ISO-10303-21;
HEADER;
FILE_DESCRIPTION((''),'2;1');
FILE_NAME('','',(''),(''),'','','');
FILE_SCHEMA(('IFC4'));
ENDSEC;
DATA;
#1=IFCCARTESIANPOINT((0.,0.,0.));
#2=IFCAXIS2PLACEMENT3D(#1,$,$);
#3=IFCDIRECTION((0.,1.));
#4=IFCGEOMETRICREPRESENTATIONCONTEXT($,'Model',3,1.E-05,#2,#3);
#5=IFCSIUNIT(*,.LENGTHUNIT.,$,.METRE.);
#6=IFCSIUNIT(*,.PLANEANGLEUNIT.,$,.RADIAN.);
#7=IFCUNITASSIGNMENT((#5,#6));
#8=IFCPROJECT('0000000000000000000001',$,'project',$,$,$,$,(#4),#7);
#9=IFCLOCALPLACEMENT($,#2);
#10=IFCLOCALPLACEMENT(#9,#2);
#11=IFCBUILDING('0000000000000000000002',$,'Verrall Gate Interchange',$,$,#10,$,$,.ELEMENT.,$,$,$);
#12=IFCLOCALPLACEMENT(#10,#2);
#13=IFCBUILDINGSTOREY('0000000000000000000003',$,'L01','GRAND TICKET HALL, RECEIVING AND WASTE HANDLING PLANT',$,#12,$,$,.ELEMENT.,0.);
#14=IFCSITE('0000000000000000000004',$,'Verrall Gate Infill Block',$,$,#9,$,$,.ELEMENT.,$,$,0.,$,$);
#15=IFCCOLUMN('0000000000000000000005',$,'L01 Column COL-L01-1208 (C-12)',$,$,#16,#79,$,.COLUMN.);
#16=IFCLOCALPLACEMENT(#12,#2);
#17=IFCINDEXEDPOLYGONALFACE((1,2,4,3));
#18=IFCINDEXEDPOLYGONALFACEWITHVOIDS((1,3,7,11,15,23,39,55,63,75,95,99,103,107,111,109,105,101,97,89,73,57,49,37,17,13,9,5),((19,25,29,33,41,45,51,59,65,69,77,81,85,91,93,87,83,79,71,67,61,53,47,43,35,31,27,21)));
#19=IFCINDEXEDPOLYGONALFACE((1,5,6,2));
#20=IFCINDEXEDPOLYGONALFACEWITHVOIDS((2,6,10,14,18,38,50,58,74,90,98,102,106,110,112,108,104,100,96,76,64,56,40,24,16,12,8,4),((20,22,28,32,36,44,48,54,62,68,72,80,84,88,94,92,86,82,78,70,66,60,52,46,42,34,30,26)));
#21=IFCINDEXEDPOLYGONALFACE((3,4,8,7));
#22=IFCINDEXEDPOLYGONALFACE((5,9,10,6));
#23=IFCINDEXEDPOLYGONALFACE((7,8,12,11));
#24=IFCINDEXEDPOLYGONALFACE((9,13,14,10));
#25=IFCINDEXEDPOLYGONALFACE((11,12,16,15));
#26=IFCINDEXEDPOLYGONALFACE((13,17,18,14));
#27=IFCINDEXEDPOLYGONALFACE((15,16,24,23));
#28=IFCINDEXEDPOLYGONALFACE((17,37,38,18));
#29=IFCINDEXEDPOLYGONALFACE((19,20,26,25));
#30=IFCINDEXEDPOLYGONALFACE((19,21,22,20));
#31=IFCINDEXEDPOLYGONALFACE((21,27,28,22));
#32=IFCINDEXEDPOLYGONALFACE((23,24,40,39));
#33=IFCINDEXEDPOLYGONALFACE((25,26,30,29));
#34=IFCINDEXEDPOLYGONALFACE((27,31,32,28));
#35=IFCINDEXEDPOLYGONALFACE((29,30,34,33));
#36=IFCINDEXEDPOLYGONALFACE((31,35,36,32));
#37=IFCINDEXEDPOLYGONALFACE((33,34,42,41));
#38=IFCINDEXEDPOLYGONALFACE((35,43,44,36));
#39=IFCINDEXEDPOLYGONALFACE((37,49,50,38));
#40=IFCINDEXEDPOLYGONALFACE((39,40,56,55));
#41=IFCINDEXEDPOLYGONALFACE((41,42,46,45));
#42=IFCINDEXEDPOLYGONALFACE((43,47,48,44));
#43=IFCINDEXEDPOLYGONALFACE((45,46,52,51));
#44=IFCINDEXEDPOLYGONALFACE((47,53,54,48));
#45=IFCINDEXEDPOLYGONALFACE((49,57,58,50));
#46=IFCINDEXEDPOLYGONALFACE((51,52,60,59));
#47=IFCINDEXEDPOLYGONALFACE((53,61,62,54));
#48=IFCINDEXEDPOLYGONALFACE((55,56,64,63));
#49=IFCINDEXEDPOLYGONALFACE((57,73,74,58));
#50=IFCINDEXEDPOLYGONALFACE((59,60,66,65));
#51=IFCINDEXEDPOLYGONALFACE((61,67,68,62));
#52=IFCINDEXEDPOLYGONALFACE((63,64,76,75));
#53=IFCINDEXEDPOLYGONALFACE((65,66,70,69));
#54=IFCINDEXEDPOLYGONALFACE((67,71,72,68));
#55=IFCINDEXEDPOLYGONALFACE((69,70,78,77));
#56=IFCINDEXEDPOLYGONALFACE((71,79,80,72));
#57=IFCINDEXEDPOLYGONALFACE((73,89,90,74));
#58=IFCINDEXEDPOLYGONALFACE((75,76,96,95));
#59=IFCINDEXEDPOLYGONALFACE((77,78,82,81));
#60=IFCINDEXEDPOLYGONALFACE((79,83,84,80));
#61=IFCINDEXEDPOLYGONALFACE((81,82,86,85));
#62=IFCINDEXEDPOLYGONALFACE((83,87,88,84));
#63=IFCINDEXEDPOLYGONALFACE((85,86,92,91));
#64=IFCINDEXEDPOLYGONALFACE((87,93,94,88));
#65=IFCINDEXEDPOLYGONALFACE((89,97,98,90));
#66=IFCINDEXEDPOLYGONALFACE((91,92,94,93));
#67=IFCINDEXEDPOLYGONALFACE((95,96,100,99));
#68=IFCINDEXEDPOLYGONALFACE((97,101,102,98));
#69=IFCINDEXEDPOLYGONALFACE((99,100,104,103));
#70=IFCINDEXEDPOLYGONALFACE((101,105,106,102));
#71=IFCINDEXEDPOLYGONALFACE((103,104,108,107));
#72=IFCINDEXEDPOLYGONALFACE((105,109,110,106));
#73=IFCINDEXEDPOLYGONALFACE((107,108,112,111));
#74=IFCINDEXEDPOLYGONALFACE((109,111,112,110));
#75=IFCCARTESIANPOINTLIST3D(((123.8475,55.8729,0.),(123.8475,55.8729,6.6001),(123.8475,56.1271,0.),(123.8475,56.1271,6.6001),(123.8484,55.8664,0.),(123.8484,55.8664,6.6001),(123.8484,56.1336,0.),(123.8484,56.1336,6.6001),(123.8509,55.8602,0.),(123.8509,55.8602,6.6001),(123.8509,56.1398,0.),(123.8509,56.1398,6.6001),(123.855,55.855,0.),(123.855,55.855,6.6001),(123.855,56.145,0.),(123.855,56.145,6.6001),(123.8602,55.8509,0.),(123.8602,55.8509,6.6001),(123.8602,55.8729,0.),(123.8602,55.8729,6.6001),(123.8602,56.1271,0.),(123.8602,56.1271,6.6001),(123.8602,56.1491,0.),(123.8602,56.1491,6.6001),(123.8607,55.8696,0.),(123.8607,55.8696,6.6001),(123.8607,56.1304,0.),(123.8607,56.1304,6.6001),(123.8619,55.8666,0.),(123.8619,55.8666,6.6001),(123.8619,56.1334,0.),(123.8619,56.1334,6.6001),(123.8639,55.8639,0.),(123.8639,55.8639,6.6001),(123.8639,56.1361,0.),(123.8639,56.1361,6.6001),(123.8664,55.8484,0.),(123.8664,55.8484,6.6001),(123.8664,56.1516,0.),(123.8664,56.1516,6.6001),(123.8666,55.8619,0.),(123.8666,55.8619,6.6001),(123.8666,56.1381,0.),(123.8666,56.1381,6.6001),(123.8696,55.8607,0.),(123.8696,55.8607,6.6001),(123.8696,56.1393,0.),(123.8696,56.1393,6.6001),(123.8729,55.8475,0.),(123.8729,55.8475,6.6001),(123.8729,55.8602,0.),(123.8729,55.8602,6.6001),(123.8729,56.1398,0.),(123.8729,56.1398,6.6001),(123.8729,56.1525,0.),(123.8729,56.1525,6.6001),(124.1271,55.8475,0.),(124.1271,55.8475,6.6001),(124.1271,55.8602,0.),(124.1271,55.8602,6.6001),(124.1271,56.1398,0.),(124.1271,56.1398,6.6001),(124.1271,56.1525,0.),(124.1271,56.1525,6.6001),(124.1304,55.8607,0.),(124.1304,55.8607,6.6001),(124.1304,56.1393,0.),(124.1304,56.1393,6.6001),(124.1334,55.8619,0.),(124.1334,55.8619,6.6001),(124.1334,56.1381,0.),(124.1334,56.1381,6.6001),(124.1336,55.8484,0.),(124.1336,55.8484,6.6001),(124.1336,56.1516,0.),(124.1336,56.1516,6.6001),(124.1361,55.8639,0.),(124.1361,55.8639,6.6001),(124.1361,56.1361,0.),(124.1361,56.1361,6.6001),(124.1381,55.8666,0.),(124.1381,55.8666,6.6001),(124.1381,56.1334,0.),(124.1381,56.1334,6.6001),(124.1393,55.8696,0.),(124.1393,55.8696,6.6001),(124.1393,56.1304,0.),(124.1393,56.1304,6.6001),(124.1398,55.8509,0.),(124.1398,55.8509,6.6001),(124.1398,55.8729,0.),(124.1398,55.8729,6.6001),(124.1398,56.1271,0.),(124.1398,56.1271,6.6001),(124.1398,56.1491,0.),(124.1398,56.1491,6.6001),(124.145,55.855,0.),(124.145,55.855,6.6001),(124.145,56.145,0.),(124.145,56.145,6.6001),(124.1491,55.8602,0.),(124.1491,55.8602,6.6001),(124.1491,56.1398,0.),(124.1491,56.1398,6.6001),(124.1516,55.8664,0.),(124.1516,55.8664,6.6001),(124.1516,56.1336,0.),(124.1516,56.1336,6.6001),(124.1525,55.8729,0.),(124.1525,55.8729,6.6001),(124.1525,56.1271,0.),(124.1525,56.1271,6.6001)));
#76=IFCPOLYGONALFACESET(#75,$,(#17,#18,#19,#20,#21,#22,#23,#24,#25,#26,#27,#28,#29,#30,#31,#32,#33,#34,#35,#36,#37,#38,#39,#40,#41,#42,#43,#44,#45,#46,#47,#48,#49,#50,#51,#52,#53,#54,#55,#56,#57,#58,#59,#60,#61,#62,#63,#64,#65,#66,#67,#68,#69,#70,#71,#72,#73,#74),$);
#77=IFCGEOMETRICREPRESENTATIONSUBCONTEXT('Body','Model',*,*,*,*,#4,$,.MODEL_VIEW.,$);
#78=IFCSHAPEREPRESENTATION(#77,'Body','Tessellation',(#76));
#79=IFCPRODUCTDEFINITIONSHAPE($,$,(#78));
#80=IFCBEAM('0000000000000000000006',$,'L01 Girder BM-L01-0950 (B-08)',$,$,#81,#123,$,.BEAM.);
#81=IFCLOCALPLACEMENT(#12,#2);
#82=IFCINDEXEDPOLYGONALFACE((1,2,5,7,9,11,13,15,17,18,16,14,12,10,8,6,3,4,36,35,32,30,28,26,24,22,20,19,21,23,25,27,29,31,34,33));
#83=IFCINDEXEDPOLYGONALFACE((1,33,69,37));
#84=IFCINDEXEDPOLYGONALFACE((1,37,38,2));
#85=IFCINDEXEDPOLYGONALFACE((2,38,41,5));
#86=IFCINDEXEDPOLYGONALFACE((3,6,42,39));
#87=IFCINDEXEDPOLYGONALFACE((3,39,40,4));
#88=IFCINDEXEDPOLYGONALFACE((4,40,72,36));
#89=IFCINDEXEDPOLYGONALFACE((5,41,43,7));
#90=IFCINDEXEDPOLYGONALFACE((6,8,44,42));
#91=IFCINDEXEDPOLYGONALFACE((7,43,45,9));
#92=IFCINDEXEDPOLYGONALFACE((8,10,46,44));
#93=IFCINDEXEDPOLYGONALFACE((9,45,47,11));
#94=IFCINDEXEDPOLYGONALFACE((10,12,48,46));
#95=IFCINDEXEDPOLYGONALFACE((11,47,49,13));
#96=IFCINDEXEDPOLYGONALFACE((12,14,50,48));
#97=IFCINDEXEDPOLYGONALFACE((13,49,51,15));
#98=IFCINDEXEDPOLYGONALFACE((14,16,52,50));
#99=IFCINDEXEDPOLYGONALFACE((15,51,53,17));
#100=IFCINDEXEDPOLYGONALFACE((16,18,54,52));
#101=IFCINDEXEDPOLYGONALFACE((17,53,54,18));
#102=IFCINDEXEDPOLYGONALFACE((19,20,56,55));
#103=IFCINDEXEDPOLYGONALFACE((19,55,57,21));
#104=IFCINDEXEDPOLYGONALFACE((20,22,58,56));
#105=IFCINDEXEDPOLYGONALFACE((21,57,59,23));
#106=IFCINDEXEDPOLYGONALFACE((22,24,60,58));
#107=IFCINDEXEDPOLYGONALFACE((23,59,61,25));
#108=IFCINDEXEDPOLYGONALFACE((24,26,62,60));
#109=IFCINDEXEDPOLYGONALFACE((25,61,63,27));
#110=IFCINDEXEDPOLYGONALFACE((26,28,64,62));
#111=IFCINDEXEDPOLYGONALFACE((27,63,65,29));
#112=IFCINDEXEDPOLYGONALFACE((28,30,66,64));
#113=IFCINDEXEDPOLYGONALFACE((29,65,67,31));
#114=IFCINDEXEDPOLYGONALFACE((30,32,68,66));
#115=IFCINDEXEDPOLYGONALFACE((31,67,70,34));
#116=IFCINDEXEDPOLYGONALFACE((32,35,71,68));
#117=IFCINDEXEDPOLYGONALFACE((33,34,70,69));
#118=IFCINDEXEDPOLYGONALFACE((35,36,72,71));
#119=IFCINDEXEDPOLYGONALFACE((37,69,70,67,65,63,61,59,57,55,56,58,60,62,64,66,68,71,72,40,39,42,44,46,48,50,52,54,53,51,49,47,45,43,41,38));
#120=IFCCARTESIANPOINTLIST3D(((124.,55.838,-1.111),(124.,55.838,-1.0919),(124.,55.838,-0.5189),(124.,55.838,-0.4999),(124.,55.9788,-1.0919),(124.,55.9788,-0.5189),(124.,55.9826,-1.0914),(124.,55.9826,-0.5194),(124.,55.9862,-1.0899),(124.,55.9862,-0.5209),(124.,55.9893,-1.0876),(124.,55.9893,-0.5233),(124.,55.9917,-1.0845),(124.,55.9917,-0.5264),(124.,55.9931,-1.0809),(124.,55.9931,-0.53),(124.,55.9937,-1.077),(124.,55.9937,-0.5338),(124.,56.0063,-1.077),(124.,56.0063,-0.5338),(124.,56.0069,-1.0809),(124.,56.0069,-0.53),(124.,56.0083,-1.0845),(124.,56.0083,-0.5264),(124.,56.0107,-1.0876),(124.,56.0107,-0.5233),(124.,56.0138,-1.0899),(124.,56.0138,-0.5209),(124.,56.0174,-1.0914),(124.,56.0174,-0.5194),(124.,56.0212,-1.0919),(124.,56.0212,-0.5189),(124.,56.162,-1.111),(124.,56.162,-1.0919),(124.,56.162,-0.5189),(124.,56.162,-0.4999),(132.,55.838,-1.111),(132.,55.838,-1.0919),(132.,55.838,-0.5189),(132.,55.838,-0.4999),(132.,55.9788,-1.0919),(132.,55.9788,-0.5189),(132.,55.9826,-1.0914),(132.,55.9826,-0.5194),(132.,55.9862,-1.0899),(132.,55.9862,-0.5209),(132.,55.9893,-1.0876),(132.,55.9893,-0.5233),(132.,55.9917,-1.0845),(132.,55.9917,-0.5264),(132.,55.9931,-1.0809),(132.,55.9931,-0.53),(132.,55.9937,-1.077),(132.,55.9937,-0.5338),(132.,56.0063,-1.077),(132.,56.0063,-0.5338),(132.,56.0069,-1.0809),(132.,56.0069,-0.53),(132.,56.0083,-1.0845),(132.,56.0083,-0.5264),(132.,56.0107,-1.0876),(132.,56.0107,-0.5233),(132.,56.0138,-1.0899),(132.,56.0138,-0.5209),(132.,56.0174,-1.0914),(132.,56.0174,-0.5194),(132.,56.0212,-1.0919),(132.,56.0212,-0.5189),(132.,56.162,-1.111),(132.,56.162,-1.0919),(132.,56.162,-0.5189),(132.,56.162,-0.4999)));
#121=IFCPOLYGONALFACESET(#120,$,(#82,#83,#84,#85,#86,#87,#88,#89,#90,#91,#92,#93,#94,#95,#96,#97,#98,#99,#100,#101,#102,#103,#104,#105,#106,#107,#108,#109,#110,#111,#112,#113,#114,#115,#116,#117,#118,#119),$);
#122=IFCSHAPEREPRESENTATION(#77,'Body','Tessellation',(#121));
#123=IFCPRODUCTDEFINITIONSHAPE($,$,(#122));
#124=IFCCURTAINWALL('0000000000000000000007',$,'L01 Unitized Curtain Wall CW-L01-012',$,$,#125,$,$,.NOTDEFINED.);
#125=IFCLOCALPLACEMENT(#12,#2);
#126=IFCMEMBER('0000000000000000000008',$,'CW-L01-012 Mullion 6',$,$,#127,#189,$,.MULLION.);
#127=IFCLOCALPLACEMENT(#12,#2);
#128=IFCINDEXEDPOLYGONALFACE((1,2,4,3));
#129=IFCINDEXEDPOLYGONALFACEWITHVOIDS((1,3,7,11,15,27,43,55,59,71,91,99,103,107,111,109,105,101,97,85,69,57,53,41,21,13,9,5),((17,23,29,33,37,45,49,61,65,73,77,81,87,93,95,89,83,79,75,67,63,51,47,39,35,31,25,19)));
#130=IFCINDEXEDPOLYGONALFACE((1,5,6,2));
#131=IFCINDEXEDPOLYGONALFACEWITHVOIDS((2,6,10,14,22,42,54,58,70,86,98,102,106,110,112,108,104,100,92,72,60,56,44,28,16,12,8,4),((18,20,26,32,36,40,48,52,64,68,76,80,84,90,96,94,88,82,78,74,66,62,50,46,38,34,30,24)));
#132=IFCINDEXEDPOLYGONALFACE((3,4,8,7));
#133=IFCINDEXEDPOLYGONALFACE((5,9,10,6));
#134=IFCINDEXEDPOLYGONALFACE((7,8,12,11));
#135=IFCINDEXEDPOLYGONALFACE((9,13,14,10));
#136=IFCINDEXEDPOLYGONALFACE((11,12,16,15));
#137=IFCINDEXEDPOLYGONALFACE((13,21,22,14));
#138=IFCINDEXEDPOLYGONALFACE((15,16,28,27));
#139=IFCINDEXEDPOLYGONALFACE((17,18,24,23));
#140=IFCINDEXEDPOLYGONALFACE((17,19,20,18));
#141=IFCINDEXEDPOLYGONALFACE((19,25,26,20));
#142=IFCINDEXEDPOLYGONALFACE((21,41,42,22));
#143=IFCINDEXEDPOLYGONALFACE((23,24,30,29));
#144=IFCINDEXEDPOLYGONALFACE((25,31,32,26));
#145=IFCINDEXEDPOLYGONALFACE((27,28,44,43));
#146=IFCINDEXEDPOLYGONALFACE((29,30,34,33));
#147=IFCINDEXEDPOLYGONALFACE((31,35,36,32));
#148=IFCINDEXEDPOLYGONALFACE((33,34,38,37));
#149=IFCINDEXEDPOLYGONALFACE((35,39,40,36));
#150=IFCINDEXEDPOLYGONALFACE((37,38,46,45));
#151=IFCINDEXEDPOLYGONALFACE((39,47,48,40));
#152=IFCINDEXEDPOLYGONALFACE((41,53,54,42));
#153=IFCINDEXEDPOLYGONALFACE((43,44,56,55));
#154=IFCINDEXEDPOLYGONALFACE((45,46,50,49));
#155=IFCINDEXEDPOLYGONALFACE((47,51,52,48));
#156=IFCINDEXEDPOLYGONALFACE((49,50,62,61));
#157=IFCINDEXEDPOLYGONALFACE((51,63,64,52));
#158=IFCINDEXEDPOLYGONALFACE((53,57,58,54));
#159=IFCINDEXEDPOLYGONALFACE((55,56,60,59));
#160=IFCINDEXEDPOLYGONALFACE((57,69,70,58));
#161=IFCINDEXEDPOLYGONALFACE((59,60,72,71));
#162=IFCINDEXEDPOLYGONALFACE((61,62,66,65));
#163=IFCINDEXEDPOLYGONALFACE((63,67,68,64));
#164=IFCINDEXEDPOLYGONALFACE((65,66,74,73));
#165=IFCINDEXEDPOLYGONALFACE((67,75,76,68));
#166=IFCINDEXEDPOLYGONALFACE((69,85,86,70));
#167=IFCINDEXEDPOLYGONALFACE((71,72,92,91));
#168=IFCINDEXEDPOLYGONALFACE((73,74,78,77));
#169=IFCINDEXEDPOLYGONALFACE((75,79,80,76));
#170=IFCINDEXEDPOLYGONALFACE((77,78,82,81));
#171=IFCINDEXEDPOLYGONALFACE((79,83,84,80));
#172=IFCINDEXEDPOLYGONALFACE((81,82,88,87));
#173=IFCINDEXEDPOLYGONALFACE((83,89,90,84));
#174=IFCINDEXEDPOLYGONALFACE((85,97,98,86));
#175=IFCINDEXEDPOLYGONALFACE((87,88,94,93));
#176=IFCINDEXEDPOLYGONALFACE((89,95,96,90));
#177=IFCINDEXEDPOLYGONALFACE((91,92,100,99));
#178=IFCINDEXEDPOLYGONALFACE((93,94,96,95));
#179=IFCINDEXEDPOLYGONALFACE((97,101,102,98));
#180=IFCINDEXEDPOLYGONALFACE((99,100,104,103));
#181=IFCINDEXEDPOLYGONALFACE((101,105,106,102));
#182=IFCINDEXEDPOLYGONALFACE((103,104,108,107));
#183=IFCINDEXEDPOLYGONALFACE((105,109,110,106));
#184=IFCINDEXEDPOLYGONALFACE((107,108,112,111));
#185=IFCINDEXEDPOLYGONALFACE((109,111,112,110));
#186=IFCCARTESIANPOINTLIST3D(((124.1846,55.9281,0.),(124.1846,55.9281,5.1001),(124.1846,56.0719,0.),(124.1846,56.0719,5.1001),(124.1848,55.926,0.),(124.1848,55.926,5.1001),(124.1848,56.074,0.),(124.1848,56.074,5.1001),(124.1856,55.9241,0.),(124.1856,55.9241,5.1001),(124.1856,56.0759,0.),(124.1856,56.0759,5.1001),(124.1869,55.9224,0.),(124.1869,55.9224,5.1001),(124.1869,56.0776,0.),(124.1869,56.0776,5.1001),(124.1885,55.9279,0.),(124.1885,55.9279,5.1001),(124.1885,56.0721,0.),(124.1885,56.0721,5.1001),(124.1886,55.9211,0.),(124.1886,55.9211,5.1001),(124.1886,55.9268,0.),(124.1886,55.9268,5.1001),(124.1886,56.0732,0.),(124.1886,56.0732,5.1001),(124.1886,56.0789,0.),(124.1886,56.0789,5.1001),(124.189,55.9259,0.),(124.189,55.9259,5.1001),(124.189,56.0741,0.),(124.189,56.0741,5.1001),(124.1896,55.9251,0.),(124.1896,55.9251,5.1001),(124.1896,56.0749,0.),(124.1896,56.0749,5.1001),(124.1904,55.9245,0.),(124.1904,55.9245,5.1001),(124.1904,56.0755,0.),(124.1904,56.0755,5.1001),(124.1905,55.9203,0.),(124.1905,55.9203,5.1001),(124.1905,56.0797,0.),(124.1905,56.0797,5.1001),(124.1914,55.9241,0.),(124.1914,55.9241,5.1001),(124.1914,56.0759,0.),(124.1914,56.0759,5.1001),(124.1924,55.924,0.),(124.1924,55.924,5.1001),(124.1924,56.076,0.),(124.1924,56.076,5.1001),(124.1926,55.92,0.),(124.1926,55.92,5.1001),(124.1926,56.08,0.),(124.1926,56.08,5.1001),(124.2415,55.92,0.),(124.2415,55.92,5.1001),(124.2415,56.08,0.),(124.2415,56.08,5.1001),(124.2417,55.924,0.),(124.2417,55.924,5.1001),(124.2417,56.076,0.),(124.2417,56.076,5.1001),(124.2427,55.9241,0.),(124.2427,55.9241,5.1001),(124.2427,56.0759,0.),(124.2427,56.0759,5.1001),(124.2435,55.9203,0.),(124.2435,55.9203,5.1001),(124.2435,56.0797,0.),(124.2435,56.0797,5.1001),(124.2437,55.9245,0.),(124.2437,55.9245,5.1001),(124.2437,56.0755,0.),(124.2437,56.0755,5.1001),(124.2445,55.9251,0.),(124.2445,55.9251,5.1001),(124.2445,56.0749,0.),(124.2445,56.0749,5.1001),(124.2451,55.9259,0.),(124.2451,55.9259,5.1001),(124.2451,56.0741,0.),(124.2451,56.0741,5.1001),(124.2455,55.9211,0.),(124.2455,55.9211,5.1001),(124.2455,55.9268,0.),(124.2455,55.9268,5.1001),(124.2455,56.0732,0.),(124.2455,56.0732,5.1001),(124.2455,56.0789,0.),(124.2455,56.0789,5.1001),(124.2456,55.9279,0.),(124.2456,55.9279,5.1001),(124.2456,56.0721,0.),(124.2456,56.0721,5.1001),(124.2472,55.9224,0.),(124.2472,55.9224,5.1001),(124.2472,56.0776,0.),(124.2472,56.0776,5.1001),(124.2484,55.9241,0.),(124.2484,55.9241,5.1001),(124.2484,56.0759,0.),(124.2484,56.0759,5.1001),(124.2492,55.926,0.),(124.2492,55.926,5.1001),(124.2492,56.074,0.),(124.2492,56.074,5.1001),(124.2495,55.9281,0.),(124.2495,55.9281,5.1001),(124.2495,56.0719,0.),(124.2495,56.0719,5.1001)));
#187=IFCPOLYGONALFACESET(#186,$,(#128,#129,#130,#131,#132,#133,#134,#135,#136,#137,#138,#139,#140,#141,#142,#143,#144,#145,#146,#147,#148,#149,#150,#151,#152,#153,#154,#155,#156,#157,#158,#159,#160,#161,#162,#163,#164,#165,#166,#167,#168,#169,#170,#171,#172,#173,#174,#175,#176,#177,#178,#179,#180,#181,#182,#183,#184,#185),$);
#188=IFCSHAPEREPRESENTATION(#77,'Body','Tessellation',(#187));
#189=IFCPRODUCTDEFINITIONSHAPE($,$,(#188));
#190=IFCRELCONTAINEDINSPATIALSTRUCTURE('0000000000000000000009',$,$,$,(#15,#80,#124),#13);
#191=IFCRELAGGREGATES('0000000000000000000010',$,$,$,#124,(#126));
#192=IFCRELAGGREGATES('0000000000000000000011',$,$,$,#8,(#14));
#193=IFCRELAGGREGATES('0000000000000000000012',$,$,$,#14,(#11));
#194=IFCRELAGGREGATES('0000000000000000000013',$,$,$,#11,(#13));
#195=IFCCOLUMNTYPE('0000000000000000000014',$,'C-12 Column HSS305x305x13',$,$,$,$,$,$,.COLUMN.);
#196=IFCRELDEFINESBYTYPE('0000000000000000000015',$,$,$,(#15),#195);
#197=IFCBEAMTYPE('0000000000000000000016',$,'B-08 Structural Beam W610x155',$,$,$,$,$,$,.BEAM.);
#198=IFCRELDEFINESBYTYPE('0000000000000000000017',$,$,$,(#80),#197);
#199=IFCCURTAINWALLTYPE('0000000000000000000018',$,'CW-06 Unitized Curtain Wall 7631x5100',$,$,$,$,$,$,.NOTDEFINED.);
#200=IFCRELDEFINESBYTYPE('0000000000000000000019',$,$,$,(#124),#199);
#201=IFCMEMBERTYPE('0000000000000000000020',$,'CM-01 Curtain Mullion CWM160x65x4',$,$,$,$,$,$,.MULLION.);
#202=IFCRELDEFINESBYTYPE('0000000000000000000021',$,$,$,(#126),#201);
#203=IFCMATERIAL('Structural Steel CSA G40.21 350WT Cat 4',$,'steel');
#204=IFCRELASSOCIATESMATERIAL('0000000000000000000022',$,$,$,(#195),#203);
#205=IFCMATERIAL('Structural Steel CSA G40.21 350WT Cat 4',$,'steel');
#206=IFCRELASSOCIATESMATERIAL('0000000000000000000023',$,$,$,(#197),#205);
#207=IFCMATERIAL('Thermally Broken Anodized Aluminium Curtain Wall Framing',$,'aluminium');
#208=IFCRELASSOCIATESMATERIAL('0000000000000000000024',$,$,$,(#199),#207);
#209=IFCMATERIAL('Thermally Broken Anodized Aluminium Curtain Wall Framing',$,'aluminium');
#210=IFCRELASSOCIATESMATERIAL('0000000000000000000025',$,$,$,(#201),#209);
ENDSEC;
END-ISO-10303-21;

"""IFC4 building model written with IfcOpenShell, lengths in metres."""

from ifc_helpers import new_model, si_unit, direction, frame, origin, origin_2d, place, context, subcontext, project, spatial, hollow_rectangle, i_section, extrude, material, material_profile, profile_set, type_object, element, aggregate, save


model = new_model("IFC4")

# Units and contexts
model_context = context("Model", 3, precision=1e-05, world=origin(), true_north=direction((0.0, 1.0)))
body_context = subcontext(model_context, "Body", "Model", "MODEL_VIEW")
ifc_project = project(units=[si_unit("LENGTHUNIT", "METRE"), si_unit("PLANEANGLEUNIT", "RADIAN")], contexts=[model_context])

# Site, building, storey
site_placement = place(None, origin())
site = spatial("IfcSite", under=ifc_project, at=site_placement, Name="Verrall Gate Infill Block", CompositionType="ELEMENT", RefElevation=0.0)
building_placement = place(site_placement, origin())
building = spatial("IfcBuilding", under=site, at=building_placement, Name="Verrall Gate Interchange", CompositionType="ELEMENT")
storey_placement = place(building_placement, origin())
storey = spatial("IfcBuildingStorey", under=building, at=storey_placement, Name="L01", Description="GRAND TICKET HALL, RECEIVING AND WASTE HANDLING PLANT", CompositionType="ELEMENT", Elevation=0.0)

# Column
ifc_material_1 = material(Name="Structural Steel CSA G40.21 350WT Cat 4", Category="steel")
ifc_material_profile_1 = material_profile(ifc_material_1, hollow_rectangle(XDim=0.3049, YDim=0.3049, WallThickness=0.0127, InnerFilletRadius=0.0127, OuterFilletRadius=0.0254, at=origin_2d()), Name="HSS305x305x13")
ifc_profile_set_1 = profile_set([ifc_material_profile_1], Name="Structural Steel CSA G40.21 350WT Cat 4")
column_type = type_object("IfcColumnType", Name="C-12 Column HSS305x305x13", PredefinedType="COLUMN", material=ifc_profile_set_1)
column_placement = place(storey_placement, frame((124.0, 56.0, 0.0), z_axis=(0.0, 0.0, 1.0), x_axis=(1.0, 0.0, 0.0)))
element("IfcColumn", 1, at=column_placement, inside=storey, type_object=column_type, Name="L01 Column COL-L01-1208 (C-12)", PredefinedType="COLUMN", context=body_context, shape_type="SweptSolid", body=[
    extrude(hollow_rectangle(XDim=0.3049, YDim=0.3049, WallThickness=0.0127, InnerFilletRadius=0.0127, OuterFilletRadius=0.0254, at=origin_2d()), origin(), (0.0, 0.0, 1.0), 6.6001),
])

# Beam
ifc_material_2 = material(Name="Structural Steel CSA G40.21 350WT Cat 4", Category="steel")
ifc_material_profile_2 = material_profile(ifc_material_2, i_section(OverallWidth=0.324, OverallDepth=0.6111, WebThickness=0.0127, FlangeThickness=0.019, FilletRadius=0.0149, at=origin_2d()), Name="W610x155")
ifc_profile_set_2 = profile_set([ifc_material_profile_2], Name="Structural Steel CSA G40.21 350WT Cat 4")
beam_type = type_object("IfcBeamType", Name="B-08 Structural Beam W610x155", PredefinedType="BEAM", material=ifc_profile_set_2)
beam_placement = place(storey_placement, frame((124.0, 56.0, -0.8054), z_axis=(1.0, 0.0, 0.0), x_axis=(0.0, 1.0, 0.0)))
element("IfcBeam", 2, at=beam_placement, inside=storey, type_object=beam_type, Name="L01 Girder BM-L01-0950 (B-08)", PredefinedType="BEAM", context=body_context, shape_type="SweptSolid", body=[
    extrude(i_section(OverallWidth=0.324, OverallDepth=0.6111, WebThickness=0.0127, FlangeThickness=0.019, FilletRadius=0.0149, at=origin_2d()), origin(), (0.0, 0.0, 1.0), 8.0),
])

# Curtain wall, member
ifc_material_3 = material(Name="Thermally Broken Anodized Aluminium Curtain Wall Framing", Category="aluminium")
curtain_wall_type = type_object("IfcCurtainWallType", Name="CW-06 Unitized Curtain Wall 7631x5100", PredefinedType="NOTDEFINED", material=ifc_material_3)
curtain_wall_1_placement = place(storey_placement, origin())
curtain_wall_1 = element("IfcCurtainWall", 3, at=curtain_wall_1_placement, inside=storey, type_object=curtain_wall_type, Name="L01 Unitized Curtain Wall CW-L01-012", PredefinedType="NOTDEFINED")
ifc_material_4 = material(Name="Thermally Broken Anodized Aluminium Curtain Wall Framing", Category="aluminium")
ifc_material_profile_3 = material_profile(ifc_material_4, hollow_rectangle(XDim=0.0649, YDim=0.1599, WallThickness=0.0039, InnerFilletRadius=0.0039, OuterFilletRadius=0.0081, at=origin_2d()), Name="CWM160x65x4")
ifc_profile_set_3 = profile_set([ifc_material_profile_3], Name="Thermally Broken Anodized Aluminium Curtain Wall Framing")
member_type_1 = type_object("IfcMemberType", Name="CM-01 Curtain Mullion CWM160x65x4", PredefinedType="MULLION", material=ifc_profile_set_3)
member_1_placement = place(storey_placement, frame((124.217, 56.0, 0.0), z_axis=(0.0, 0.0, 1.0), x_axis=(-1.0, 0.0, 0.0)))
member_1 = element("IfcMember", 4, at=member_1_placement, type_object=member_type_1, Name="CW-L01-012 Mullion 6", PredefinedType="MULLION", context=body_context, shape_type="SweptSolid", body=[
    extrude(hollow_rectangle(XDim=0.0649, YDim=0.1599, WallThickness=0.0039, InnerFilletRadius=0.0039, OuterFilletRadius=0.0081, at=origin_2d()), origin(), (0.0, 0.0, 1.0), 5.1001),
])

aggregate(curtain_wall_1, [member_1])

save(model, "model.ifc")
